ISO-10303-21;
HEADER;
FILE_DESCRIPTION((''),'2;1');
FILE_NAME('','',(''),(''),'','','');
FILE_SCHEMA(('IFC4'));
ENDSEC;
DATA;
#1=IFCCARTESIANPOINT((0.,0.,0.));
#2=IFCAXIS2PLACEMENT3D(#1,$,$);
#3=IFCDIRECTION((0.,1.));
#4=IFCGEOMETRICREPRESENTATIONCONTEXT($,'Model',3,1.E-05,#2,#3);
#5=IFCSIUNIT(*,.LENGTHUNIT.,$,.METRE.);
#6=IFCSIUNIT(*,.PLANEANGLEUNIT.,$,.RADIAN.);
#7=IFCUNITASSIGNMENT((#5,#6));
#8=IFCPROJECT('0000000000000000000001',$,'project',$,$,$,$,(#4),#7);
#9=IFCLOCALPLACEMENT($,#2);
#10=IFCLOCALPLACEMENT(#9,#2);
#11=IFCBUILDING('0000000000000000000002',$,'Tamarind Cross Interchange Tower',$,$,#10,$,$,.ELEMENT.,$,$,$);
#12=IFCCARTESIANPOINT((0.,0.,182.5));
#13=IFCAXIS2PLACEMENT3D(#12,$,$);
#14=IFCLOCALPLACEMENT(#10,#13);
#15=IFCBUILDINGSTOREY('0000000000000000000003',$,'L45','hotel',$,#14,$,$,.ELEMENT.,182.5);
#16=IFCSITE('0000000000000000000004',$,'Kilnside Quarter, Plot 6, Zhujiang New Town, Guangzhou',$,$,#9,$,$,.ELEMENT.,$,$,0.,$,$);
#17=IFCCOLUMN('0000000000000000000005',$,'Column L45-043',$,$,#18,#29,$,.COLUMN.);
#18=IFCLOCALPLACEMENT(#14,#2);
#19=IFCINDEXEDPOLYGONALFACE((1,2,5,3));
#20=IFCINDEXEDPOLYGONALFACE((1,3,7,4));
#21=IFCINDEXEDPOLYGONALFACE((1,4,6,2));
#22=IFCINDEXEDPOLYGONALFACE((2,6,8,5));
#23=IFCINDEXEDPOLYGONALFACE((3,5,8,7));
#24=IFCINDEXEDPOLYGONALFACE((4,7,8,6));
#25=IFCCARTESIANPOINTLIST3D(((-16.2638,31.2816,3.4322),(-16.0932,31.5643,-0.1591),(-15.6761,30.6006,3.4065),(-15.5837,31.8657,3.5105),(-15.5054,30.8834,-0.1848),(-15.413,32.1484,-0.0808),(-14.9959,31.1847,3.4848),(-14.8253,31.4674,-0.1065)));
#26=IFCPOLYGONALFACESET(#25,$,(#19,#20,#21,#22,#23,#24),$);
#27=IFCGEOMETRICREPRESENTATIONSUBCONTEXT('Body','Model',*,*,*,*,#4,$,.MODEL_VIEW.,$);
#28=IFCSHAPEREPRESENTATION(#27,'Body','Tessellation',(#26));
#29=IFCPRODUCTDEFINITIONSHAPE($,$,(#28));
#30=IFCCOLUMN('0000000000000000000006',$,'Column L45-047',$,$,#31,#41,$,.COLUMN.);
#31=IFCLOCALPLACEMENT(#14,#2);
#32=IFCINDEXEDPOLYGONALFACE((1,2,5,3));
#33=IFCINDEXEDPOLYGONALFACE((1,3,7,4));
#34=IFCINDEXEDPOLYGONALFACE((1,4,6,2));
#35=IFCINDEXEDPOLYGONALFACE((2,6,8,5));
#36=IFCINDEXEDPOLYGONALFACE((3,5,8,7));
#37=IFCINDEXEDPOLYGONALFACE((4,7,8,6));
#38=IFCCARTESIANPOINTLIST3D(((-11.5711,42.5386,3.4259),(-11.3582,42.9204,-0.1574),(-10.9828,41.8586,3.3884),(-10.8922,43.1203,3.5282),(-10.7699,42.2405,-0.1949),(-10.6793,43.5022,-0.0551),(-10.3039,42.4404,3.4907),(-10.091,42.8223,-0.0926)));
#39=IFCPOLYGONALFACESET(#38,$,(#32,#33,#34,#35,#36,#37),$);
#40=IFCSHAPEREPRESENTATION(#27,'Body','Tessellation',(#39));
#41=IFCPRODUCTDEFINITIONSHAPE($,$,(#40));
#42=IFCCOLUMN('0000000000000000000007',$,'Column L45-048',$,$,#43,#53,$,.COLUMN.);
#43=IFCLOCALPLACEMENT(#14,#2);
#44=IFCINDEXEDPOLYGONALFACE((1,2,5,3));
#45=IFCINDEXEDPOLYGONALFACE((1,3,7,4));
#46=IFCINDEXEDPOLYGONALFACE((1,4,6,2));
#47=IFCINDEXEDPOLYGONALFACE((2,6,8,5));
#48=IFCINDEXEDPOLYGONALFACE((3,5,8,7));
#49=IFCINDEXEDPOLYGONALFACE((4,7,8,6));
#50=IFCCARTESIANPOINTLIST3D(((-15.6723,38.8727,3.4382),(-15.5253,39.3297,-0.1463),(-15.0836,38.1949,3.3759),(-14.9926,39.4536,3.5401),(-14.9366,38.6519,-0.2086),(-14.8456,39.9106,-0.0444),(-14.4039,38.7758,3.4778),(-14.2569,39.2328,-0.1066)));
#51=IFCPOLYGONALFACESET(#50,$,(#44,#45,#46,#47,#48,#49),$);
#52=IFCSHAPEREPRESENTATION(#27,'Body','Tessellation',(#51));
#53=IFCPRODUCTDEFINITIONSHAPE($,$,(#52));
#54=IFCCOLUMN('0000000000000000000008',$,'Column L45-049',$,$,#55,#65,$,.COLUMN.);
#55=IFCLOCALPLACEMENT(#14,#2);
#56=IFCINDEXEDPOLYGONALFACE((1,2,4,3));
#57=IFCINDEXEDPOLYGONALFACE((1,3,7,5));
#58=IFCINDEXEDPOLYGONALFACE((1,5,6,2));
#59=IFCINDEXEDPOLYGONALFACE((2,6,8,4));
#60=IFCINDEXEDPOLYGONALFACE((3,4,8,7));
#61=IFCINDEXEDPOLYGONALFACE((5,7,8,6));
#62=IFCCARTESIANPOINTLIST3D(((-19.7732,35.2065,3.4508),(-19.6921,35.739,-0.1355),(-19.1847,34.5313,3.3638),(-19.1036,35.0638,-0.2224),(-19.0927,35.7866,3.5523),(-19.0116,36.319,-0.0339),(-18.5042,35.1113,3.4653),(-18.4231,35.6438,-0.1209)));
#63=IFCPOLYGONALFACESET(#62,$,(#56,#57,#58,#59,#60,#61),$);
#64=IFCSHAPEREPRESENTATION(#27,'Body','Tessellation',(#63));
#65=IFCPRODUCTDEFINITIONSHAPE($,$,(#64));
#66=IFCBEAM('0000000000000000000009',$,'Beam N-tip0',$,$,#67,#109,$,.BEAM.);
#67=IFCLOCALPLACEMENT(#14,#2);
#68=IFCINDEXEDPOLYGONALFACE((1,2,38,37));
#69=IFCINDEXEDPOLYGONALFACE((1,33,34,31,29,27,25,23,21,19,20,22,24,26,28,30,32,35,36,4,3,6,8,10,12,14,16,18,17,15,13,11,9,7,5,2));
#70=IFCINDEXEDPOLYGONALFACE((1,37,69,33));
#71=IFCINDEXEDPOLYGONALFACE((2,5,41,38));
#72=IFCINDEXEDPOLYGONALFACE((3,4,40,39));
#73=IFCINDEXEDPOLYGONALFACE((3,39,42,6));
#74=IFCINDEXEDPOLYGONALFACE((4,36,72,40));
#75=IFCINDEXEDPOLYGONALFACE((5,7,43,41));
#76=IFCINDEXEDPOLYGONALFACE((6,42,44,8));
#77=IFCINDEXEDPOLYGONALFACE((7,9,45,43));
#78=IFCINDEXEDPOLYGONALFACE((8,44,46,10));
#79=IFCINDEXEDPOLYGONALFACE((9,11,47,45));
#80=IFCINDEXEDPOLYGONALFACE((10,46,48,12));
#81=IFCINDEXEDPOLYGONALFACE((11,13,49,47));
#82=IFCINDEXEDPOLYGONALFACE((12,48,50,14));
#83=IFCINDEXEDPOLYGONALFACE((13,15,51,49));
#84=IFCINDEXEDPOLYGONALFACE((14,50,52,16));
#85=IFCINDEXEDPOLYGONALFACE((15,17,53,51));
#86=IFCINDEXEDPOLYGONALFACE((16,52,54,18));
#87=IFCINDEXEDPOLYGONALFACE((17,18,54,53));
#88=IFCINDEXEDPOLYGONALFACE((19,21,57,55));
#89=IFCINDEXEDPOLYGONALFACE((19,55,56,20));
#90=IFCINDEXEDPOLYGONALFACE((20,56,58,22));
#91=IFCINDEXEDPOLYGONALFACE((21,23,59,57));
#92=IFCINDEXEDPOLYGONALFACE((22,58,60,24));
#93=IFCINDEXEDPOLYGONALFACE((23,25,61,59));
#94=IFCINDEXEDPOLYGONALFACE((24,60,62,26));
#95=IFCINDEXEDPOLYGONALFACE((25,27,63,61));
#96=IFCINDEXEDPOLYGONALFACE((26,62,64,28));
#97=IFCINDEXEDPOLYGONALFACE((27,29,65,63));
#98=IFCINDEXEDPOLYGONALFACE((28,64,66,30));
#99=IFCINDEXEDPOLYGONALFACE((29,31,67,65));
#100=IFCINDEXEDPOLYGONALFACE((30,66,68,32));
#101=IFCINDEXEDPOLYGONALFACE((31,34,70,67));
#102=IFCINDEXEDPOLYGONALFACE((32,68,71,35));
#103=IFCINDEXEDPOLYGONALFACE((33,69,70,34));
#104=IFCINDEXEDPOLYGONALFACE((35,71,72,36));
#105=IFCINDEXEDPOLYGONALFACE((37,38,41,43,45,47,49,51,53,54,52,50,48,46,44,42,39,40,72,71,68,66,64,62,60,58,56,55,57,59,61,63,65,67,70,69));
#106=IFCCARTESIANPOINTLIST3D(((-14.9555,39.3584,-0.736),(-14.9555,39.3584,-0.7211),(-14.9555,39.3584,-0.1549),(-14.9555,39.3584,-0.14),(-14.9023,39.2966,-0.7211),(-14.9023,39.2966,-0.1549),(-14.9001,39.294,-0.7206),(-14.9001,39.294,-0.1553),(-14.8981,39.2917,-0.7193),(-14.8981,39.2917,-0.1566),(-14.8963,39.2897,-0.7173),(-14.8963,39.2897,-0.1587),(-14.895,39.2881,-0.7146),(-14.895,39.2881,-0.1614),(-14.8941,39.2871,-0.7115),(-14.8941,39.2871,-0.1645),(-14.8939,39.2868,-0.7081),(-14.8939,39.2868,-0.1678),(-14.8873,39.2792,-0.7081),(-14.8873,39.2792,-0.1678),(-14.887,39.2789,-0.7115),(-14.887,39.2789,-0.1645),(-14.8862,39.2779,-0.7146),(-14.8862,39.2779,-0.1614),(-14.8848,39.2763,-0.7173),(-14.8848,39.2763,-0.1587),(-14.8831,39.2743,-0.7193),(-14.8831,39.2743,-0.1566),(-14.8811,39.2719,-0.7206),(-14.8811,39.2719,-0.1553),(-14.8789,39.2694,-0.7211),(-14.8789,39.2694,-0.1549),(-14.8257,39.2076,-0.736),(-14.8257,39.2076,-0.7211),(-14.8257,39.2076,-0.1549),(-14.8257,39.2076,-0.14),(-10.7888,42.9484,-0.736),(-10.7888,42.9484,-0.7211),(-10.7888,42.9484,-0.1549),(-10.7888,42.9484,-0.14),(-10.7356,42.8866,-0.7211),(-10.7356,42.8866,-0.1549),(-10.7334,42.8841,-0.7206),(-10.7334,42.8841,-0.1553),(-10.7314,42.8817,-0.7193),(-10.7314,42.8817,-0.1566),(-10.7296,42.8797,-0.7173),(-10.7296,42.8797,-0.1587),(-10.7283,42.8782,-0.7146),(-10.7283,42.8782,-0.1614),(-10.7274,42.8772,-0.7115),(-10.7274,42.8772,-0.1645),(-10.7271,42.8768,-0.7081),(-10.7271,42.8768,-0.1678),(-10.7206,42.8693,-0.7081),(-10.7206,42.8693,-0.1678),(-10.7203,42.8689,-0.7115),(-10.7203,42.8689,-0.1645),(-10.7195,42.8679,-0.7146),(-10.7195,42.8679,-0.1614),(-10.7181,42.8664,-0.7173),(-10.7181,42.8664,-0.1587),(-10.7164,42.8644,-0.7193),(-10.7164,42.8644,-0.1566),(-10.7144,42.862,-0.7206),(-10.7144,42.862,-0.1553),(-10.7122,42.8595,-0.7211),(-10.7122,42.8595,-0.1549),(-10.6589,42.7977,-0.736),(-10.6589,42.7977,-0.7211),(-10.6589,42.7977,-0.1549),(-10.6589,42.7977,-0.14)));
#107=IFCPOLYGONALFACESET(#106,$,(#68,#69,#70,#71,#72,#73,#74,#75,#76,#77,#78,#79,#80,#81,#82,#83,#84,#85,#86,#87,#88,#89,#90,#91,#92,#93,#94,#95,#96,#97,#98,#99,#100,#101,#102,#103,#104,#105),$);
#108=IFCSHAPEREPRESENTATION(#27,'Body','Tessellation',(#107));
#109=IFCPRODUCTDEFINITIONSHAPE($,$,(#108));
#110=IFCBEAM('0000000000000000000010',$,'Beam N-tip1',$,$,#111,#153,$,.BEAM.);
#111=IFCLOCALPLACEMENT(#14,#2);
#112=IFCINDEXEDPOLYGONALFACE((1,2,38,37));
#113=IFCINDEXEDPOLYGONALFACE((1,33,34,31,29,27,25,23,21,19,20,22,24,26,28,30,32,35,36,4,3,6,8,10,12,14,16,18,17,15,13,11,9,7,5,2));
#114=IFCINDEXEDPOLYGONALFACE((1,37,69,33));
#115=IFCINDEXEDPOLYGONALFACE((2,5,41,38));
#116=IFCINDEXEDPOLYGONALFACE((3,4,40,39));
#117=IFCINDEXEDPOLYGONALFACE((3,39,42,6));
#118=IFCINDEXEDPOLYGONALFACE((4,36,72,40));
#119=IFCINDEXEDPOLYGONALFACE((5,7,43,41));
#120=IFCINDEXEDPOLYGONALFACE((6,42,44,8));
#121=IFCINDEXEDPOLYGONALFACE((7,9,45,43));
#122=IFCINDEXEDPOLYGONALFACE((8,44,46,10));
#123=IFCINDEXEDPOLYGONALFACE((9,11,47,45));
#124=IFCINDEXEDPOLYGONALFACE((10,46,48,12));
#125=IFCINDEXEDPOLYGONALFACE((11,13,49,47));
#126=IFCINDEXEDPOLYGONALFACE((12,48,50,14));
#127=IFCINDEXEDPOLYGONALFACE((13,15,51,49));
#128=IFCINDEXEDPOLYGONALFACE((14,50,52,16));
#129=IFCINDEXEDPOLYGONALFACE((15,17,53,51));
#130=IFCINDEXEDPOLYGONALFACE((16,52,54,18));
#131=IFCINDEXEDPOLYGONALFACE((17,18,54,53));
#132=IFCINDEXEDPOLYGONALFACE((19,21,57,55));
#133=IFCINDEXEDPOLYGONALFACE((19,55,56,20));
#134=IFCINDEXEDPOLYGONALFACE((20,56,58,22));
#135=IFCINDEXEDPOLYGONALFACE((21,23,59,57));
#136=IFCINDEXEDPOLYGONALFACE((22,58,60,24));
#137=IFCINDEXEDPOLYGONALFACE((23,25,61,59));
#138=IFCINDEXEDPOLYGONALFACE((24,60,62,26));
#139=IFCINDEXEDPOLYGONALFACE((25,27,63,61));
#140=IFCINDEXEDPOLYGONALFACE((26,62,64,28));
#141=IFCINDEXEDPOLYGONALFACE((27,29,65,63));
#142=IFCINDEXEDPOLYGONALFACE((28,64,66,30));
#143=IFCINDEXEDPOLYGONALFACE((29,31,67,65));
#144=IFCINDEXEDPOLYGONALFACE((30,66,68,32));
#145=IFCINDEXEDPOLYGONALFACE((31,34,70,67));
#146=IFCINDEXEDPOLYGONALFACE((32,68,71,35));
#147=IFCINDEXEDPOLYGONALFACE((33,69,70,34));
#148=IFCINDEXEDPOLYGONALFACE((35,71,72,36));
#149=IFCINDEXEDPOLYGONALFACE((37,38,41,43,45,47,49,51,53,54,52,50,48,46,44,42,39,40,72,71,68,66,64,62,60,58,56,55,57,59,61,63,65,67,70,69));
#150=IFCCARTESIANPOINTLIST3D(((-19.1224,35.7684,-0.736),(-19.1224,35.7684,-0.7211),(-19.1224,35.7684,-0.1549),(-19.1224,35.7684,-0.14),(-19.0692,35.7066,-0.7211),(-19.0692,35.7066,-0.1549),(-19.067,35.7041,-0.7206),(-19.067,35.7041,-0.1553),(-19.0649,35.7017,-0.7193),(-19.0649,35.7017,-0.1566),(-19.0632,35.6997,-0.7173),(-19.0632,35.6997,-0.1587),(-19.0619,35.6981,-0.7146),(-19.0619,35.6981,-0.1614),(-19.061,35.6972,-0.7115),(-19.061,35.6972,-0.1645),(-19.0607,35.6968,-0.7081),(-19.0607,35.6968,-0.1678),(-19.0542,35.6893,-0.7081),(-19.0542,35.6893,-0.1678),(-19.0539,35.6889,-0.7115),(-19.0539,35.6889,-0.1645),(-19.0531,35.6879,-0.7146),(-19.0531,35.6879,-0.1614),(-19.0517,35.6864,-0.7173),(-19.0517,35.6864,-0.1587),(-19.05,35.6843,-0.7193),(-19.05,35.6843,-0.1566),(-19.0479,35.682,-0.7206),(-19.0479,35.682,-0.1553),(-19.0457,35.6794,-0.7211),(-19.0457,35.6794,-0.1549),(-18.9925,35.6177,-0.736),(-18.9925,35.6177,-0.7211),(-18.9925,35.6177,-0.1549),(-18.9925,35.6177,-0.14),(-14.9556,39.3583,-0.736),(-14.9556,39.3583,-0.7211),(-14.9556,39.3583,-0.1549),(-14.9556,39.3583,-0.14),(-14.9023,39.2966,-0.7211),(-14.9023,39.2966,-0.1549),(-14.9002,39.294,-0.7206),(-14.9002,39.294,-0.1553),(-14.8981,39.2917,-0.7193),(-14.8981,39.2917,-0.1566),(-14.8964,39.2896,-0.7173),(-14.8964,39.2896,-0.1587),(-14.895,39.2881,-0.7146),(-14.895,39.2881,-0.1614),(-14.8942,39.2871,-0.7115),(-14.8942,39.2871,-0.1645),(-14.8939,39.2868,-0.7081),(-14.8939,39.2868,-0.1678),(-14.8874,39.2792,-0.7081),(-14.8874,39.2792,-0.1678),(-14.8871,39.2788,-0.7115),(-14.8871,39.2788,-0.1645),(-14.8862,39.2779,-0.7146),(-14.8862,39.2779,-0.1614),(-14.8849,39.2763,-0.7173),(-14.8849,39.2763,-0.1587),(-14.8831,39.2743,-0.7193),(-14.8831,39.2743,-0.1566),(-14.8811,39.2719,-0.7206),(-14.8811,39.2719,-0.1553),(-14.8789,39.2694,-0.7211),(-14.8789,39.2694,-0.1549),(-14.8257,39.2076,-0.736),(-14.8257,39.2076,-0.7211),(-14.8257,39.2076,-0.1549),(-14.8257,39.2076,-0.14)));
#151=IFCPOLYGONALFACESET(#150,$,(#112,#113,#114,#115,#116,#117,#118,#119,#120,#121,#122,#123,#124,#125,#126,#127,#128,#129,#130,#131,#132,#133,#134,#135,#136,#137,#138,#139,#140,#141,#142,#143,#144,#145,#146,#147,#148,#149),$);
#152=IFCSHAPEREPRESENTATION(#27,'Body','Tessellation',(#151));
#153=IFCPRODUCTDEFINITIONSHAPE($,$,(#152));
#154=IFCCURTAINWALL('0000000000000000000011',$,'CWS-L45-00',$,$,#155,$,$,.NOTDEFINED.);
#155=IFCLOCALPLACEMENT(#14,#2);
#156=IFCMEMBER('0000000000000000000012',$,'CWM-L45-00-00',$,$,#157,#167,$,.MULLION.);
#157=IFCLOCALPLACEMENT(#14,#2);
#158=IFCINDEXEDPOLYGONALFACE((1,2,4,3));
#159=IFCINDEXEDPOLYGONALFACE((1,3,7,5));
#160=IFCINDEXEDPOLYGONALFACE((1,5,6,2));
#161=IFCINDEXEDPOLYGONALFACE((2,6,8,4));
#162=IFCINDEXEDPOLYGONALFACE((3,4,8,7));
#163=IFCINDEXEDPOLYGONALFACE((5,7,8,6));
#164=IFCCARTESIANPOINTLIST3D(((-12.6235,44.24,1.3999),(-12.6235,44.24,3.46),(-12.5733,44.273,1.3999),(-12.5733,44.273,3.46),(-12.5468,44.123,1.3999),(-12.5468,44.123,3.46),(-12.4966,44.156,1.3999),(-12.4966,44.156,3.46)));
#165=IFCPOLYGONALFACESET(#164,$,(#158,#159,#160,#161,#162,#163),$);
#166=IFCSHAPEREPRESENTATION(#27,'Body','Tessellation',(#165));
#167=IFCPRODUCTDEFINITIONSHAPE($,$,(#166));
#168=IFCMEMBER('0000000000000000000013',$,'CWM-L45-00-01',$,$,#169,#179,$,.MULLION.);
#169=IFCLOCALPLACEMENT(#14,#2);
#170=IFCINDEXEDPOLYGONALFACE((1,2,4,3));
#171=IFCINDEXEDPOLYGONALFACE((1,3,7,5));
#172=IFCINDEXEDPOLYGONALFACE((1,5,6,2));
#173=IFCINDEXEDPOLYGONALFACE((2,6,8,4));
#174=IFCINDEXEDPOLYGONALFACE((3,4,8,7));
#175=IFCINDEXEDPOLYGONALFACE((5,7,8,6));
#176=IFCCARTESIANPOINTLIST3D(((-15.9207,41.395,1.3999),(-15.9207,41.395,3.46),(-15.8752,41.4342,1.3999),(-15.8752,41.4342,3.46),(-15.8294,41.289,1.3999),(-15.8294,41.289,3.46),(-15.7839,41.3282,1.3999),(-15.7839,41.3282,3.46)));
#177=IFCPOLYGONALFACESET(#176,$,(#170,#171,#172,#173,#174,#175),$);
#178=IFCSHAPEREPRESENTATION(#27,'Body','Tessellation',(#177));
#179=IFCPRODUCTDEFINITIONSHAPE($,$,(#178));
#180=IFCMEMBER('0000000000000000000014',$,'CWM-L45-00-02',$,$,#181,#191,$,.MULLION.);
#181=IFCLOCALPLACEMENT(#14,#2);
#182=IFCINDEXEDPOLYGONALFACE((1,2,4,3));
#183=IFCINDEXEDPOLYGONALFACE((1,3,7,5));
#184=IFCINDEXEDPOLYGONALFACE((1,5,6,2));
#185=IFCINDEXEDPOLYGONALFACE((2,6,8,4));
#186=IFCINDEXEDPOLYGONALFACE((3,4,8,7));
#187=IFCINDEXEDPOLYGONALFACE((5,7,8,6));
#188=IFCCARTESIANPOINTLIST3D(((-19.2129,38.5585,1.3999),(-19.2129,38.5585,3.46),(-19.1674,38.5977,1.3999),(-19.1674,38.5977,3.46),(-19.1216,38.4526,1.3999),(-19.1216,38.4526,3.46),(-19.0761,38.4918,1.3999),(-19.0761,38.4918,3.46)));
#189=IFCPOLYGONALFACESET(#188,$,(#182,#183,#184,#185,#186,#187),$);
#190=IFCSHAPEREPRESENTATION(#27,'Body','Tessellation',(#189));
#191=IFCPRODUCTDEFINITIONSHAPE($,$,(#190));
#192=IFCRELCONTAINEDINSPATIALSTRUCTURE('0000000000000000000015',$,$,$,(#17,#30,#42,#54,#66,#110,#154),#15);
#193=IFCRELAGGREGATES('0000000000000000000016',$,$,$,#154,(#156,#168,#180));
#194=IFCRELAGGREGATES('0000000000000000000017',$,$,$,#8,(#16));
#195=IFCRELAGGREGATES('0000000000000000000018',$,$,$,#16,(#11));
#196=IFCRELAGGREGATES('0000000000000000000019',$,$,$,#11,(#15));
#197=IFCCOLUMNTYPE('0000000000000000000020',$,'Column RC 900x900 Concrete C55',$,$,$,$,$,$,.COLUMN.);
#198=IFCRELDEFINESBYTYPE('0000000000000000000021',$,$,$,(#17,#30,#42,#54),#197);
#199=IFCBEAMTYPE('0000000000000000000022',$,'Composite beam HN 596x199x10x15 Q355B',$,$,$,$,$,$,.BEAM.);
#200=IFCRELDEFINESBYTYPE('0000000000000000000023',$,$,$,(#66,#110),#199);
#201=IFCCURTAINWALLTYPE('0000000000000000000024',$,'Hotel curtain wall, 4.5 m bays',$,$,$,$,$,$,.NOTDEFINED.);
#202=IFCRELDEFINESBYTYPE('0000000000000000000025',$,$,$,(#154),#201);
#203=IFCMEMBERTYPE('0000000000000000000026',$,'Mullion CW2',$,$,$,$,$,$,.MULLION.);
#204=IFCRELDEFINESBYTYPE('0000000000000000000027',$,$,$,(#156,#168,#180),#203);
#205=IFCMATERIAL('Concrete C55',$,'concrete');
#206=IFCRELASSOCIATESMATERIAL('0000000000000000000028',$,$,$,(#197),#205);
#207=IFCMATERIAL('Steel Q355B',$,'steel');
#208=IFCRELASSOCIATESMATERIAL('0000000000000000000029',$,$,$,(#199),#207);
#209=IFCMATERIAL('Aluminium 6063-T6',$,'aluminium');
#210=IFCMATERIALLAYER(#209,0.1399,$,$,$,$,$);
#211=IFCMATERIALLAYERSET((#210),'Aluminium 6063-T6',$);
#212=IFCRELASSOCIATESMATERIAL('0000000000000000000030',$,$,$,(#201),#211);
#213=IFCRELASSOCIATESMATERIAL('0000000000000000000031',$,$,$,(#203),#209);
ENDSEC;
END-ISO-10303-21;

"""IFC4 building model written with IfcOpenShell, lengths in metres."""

from ifc_helpers import new_model, si_unit, direction, frame, origin, origin_2d, place, context, subcontext, project, spatial, rectangle, i_section, extrude, material, layer, layer_set, material_profile, profile_set, type_object, element, aggregate, save


model = new_model("IFC4")

# Units and contexts
model_context = context("Model", 3, precision=1e-05, world=origin(), true_north=direction((0.0, 1.0)))
body_context = subcontext(model_context, "Body", "Model", "MODEL_VIEW")
ifc_project = project(units=[si_unit("LENGTHUNIT", "METRE"), si_unit("PLANEANGLEUNIT", "RADIAN")], contexts=[model_context])

# Site, building, storey
site_placement = place(None, origin())
site = spatial("IfcSite", under=ifc_project, at=site_placement, Name="Kilnside Quarter, Plot 6, Zhujiang New Town, Guangzhou", CompositionType="ELEMENT", RefElevation=0.0)
building_placement = place(site_placement, origin())
building = spatial("IfcBuilding", under=site, at=building_placement, Name="Tamarind Cross Interchange Tower", CompositionType="ELEMENT")
storey_placement = place(building_placement, frame((0.0, 0.0, 182.5)))
storey = spatial("IfcBuildingStorey", under=building, at=storey_placement, Name="L45", Description="hotel", CompositionType="ELEMENT", Elevation=182.5)

# Columns
ifc_material_1 = material(Name="Concrete C55", Category="concrete")
ifc_material_profile_1 = material_profile(ifc_material_1, rectangle(XDim=0.8999, YDim=0.8999, at=origin_2d()), Name="RC 900x900")
ifc_profile_set_1 = profile_set([ifc_material_profile_1], Name="Concrete C55")
column_type = type_object("IfcColumnType", Name="Column RC 900x900 Concrete C55", PredefinedType="COLUMN", material=ifc_profile_set_1)
column_1_placement = place(storey_placement, frame((-15.4592, 31.5159, -0.1328), z_axis=(-0.047319, -0.078391, 0.995799), x_axis=(0.755789, 0.64901, 0.087005)))
element("IfcColumn", 1, at=column_1_placement, inside=storey, type_object=column_type, Name="Column L45-043", PredefinedType="COLUMN", context=body_context, shape_type="SweptSolid", body=[
    extrude(rectangle(XDim=0.8999, YDim=0.8999, at=origin_2d()), origin(), (0.0, 0.0, 1.0), 3.6064),
])
column_2_placement = place(storey_placement, frame((-10.7246, 42.8713, -0.125), z_axis=(-0.058975, -0.105777, 0.992639), x_axis=(0.754389, 0.646503, 0.113713)))
element("IfcColumn", 2, at=column_2_placement, inside=storey, type_object=column_type, Name="Column L45-047", PredefinedType="COLUMN", context=body_context, shape_type="SweptSolid", body=[
    extrude(rectangle(XDim=0.8999, YDim=0.8999, at=origin_2d()), origin(), (0.0, 0.0, 1.0), 3.6099),
])
column_3_placement = place(storey_placement, frame((-14.8911, 39.2812, -0.1265), z_axis=(-0.04064, -0.126375, 0.99115), x_axis=(0.75527, 0.645551, 0.113278)))
element("IfcColumn", 3, at=column_3_placement, inside=storey, type_object=column_type, Name="Column L45-048", PredefinedType="COLUMN", context=body_context, shape_type="SweptSolid", body=[
    extrude(rectangle(XDim=0.8999, YDim=0.8999, at=origin_2d()), origin(), (0.0, 0.0, 1.0), 3.6165),
])
column_4_placement = place(storey_placement, frame((-19.0576, 35.6914, -0.1282), z_axis=(-0.022351, -0.146832, 0.988909), x_axis=(0.756181, 0.644567, 0.112796)))
element("IfcColumn", 4, at=column_4_placement, inside=storey, type_object=column_type, Name="Column L45-049", PredefinedType="COLUMN", context=body_context, shape_type="SweptSolid", body=[
    extrude(rectangle(XDim=0.8999, YDim=0.8999, at=origin_2d()), origin(), (0.0, 0.0, 1.0), 3.6265),
])

# Beams
ifc_material_2 = material(Name="Steel Q355B", Category="steel")
ifc_material_profile_2 = material_profile(ifc_material_2, i_section(OverallWidth=0.199, OverallDepth=0.5959, WebThickness=0.01, FlangeThickness=0.0149, FilletRadius=0.0129, at=origin_2d()), Name="HN 596x199x10x15")
ifc_profile_set_2 = profile_set([ifc_material_profile_2], Name="Steel Q355B")
beam_type = type_object("IfcBeamType", Name="Composite beam HN 596x199x10x15 Q355B", PredefinedType="BEAM", material=ifc_profile_set_2)
for number, where, z_axis, x_axis, name in (
    (5, (-10.7239, 42.873, -0.438), (-0.757584, -0.652738, 0.0), (0.652738, -0.757584, 0.0), "Beam N-tip0"),
    (6, (-14.8906, 39.283, -0.438), (-0.757606, -0.652712, 0.0), (0.652712, -0.757606, 0.0), "Beam N-tip1"),
):
    element("IfcBeam", number, at=place(storey_placement, frame(where, z_axis=z_axis, x_axis=x_axis)), inside=storey, type_object=beam_type, Name=name, PredefinedType="BEAM", context=body_context, shape_type="SweptSolid", body=[
        extrude(i_section(OverallWidth=0.199, OverallDepth=0.5959, WebThickness=0.01, FlangeThickness=0.0149, FilletRadius=0.0129, at=origin_2d()), origin(), (0.0, 0.0, 1.0), 5.5),
    ])

# Curtain wall, members
ifc_material_3 = material(Name="Aluminium 6063-T6", Category="aluminium")
ifc_layer_1 = layer(ifc_material_3, 0.1399)
ifc_layer_set_1 = layer_set([ifc_layer_1], Name="Aluminium 6063-T6")
curtain_wall_type = type_object("IfcCurtainWallType", Name="Hotel curtain wall, 4.5 m bays", PredefinedType="NOTDEFINED", material=ifc_layer_set_1)
curtain_wall_1_placement = place(storey_placement, origin())
curtain_wall_1 = element("IfcCurtainWall", 7, at=curtain_wall_1_placement, inside=storey, type_object=curtain_wall_type, Name="CWS-L45-00", PredefinedType="NOTDEFINED")
ifc_material_profile_3 = material_profile(ifc_material_3, rectangle(XDim=0.0601, YDim=0.1399, at=origin_2d()), Name="Mullion CW2")
ifc_profile_set_3 = profile_set([ifc_material_profile_3], Name="Aluminium 6063-T6")
member_type = type_object("IfcMemberType", Name="Mullion CW2", PredefinedType="MULLION", material=ifc_profile_set_3)
member_1_placement = place(storey_placement, frame((-12.5601, 44.198, 1.3999), z_axis=(0.0, 0.0, 1.0), x_axis=(-0.836313, -0.548252, 0.0)))
member_1 = element("IfcMember", 8, at=member_1_placement, type_object=member_type, Name="CWM-L45-00-00", PredefinedType="MULLION", context=body_context, shape_type="SweptSolid", body=[
    extrude(rectangle(XDim=0.0601, YDim=0.1399, at=origin_2d()), origin(), (0.0, 0.0, 1.0), 2.0601),
])
member_2_placement = place(storey_placement, frame((-15.8523, 41.3616, 1.3999), z_axis=(0.0, 0.0, 1.0), x_axis=(-0.757597, -0.652723, 0.0)))
member_2 = element("IfcMember", 9, at=member_2_placement, type_object=member_type, Name="CWM-L45-00-01", PredefinedType="MULLION", context=body_context, shape_type="SweptSolid", body=[
    extrude(rectangle(XDim=0.0601, YDim=0.1399, at=origin_2d()), origin(), (0.0, 0.0, 1.0), 2.0601),
])
member_3_placement = place(storey_placement, frame((-19.1445, 38.5251, 1.3999), z_axis=(0.0, 0.0, 1.0), x_axis=(-0.757597, -0.652723, 0.0)))
member_3 = element("IfcMember", 10, at=member_3_placement, type_object=member_type, Name="CWM-L45-00-02", PredefinedType="MULLION", context=body_context, shape_type="SweptSolid", body=[
    extrude(rectangle(XDim=0.0601, YDim=0.1399, at=origin_2d()), origin(), (0.0, 0.0, 1.0), 2.0601),
])
aggregate(curtain_wall_1, [member_1, member_2, member_3])

save(model, "model.ifc")
